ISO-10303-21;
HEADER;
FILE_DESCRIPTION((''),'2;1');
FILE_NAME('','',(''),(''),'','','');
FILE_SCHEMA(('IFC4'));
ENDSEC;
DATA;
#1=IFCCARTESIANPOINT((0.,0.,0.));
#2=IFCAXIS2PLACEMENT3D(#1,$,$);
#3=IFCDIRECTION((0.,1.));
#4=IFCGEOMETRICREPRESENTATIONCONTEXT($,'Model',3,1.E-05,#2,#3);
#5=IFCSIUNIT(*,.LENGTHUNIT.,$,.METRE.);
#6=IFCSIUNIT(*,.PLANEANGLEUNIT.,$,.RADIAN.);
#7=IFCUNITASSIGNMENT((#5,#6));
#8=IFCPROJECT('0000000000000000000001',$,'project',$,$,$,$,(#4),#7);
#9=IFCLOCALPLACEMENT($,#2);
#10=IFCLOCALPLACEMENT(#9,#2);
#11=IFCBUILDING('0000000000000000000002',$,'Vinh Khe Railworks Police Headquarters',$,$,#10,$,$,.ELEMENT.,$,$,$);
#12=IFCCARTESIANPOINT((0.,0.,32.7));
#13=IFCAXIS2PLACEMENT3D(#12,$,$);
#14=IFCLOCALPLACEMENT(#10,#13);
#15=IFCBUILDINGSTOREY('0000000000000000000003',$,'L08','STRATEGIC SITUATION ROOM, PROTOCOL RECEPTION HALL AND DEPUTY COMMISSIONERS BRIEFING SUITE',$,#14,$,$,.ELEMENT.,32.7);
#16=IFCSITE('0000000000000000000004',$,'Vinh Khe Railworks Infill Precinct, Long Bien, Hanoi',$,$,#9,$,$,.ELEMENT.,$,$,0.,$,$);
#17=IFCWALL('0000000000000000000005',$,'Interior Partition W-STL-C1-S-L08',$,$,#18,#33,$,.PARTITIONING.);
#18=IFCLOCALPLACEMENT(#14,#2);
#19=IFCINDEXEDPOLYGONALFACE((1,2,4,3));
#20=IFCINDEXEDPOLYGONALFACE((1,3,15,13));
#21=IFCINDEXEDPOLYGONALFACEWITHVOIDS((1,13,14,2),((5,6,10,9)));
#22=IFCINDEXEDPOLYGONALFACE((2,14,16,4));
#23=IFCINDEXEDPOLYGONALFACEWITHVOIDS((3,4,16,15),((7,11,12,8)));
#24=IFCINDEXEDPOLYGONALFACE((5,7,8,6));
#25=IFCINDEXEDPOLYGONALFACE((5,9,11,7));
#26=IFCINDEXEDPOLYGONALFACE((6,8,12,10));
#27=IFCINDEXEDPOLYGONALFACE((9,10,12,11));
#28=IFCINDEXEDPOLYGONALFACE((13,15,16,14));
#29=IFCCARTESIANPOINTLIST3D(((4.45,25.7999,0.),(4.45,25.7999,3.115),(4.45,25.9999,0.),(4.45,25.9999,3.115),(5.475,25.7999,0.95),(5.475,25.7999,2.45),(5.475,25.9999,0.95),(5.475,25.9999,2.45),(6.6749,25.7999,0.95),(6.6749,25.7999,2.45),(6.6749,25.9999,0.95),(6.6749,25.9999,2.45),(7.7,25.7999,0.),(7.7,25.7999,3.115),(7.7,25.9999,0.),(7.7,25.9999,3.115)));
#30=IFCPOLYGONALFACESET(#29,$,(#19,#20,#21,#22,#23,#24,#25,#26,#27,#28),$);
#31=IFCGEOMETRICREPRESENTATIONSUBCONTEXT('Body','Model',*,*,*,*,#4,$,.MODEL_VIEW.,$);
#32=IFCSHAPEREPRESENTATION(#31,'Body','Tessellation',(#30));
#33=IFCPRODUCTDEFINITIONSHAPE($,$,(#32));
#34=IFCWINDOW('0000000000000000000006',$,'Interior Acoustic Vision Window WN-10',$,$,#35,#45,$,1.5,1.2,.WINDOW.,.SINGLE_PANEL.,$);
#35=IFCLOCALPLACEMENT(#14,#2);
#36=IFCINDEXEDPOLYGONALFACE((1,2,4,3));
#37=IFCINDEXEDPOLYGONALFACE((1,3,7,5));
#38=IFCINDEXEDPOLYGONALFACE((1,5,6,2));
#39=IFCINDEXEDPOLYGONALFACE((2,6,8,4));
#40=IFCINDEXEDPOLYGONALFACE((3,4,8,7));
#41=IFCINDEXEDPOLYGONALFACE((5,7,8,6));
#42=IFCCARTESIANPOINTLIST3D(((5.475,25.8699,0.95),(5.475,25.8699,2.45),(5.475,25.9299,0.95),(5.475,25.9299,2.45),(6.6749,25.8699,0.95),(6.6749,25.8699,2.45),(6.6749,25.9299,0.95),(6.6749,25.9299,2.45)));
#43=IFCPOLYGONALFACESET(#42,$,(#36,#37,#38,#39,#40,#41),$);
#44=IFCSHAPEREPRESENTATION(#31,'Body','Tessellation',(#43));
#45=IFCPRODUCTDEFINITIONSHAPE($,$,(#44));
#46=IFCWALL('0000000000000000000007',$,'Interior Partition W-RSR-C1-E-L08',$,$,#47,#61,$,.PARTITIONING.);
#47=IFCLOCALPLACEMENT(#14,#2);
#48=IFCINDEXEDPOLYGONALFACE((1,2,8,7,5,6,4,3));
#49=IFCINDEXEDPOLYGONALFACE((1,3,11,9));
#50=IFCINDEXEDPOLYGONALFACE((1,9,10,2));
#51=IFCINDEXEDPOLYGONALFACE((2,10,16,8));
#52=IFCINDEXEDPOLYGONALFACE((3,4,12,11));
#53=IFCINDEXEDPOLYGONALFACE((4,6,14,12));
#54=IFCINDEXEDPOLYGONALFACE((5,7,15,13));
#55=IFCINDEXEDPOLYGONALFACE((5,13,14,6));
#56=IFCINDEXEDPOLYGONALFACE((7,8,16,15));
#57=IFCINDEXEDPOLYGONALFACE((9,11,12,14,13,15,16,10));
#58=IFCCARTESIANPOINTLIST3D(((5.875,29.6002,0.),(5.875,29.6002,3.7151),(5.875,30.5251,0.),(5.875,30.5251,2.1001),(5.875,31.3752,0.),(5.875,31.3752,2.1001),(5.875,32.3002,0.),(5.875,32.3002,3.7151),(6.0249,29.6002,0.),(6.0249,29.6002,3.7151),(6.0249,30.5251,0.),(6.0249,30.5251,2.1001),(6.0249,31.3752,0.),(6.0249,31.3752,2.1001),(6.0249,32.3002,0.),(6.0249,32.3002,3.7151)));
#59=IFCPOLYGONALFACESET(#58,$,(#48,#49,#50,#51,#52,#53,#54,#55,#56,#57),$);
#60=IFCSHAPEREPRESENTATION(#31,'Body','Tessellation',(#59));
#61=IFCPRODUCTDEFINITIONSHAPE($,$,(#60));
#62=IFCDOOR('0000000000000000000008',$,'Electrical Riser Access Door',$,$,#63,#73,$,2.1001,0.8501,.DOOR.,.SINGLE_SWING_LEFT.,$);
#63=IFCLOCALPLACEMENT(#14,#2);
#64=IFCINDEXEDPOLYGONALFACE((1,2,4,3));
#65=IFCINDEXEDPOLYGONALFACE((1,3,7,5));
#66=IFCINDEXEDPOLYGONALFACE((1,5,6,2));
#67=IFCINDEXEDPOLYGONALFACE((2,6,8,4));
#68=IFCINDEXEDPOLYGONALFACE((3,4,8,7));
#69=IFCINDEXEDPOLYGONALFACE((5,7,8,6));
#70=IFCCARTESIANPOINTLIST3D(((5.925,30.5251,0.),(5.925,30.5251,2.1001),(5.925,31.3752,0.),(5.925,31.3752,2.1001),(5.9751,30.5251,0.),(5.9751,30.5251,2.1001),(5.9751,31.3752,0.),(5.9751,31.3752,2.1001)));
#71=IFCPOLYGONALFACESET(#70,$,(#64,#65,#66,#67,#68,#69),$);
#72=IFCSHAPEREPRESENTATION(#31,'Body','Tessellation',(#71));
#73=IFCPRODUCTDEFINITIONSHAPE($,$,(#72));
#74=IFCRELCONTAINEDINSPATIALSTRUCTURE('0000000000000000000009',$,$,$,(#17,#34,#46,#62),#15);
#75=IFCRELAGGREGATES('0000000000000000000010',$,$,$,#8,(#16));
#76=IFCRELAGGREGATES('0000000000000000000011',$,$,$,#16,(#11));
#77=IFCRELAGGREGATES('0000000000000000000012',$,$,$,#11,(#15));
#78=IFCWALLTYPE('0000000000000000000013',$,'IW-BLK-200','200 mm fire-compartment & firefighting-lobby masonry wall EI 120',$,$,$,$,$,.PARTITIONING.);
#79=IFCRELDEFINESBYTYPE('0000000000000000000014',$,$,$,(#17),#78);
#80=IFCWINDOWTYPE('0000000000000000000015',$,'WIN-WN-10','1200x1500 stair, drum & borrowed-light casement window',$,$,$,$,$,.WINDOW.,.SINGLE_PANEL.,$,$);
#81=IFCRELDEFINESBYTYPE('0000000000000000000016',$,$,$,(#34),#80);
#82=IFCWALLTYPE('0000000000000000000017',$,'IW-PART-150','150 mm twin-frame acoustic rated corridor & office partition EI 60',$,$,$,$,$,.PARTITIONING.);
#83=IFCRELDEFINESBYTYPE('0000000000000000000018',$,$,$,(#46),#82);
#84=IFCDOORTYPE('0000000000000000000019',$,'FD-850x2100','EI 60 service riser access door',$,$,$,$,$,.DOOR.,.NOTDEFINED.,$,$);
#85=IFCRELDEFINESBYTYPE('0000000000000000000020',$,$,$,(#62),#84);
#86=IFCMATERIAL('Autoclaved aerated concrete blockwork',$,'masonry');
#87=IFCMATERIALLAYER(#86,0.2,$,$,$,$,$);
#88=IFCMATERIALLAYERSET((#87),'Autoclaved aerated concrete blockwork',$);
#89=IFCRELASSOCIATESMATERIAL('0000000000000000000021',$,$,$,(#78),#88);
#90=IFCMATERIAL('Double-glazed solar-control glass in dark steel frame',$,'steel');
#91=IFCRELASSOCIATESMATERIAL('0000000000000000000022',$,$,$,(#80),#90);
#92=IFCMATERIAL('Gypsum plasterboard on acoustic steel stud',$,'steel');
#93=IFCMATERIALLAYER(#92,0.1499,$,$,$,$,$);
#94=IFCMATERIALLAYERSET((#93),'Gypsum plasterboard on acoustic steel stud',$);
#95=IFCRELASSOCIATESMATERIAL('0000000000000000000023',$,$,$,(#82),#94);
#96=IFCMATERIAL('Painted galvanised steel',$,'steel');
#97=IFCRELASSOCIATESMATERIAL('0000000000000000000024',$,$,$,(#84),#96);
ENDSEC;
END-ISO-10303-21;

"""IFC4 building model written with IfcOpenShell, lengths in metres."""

from ifc_helpers import new_model, si_unit, direction, frame, frame_2d, origin, place, context, subcontext, project, spatial, rectangle, extrude, material, layer, layer_set, type_object, element, fill, save


model = new_model("IFC4")

# Units and contexts
model_context = context("Model", 3, precision=1e-05, world=origin(), true_north=direction((0.0, 1.0)))
body_context = subcontext(model_context, "Body", "Model", "MODEL_VIEW")
ifc_project = project(units=[si_unit("LENGTHUNIT", "METRE"), si_unit("PLANEANGLEUNIT", "RADIAN")], contexts=[model_context])

# Site, building, storey
site_placement = place(None, origin())
site = spatial("IfcSite", under=ifc_project, at=site_placement, Name="Vinh Khe Railworks Infill Precinct, Long Bien, Hanoi", CompositionType="ELEMENT", RefElevation=0.0)
building_placement = place(site_placement, origin())
building = spatial("IfcBuilding", under=site, at=building_placement, Name="Vinh Khe Railworks Police Headquarters", CompositionType="ELEMENT")
storey_placement = place(building_placement, frame((0.0, 0.0, 32.7)))
storey = spatial("IfcBuildingStorey", under=building, at=storey_placement, Name="L08", Description="STRATEGIC SITUATION ROOM, PROTOCOL RECEPTION HALL AND DEPUTY COMMISSIONERS BRIEFING SUITE", CompositionType="ELEMENT", Elevation=32.7)

# Shared definitions
ifc_material_1 = material(Name="Painted galvanised steel", Category="steel")

# Wall, opening, window
ifc_material_2 = material(Name="Double-glazed solar-control glass in dark steel frame", Category="steel")
ifc_material_3 = material(Name="Autoclaved aerated concrete blockwork", Category="masonry")
ifc_layer_1 = layer(ifc_material_3, 0.2)
ifc_layer_set_1 = layer_set([ifc_layer_1], Name="Autoclaved aerated concrete blockwork")
wall_type_1 = type_object("IfcWallType", Name="IW-BLK-200", Description="200 mm fire-compartment & firefighting-lobby masonry wall EI 120", PredefinedType="PARTITIONING", material=ifc_layer_set_1)
wall_1_placement = place(storey_placement, frame((4.45, 25.8999, 0.0), z_axis=(0.0, 0.0, 1.0), x_axis=(1.0, 0.0, 0.0)))
wall_1 = element("IfcWall", 1, at=wall_1_placement, inside=storey, type_object=wall_type_1, Name="Interior Partition W-STL-C1-S-L08", PredefinedType="PARTITIONING", context=body_context, shape_type="SweptSolid", body=[
    extrude(rectangle(XDim=3.25, YDim=0.2, at=frame_2d((1.625, 0.0))), origin(), (0.0, 0.0, 1.0), 3.115),
])
opening_1_placement = place(wall_1_placement, frame((1.0249, 0.0, 0.95)))
opening_1 = element("IfcOpeningElement", 2, at=opening_1_placement, cuts=wall_1, PredefinedType="OPENING", context=body_context, shape_type="SweptSolid", body=[
    extrude(rectangle(XDim=1.2, YDim=1.5, at=frame_2d((0.6001, 0.75))), frame((0.0, 0.1147, 0.0), z_axis=(0.0, -1.0, 0.0), x_axis=(1.0, 0.0, 0.0)), (0.0, 0.0, 1.0), 0.2297),
])
window_type_1 = type_object("IfcWindowType", Name="WIN-WN-10", Description="1200x1500 stair, drum & borrowed-light casement window", PartitioningType="SINGLE_PANEL", PredefinedType="WINDOW", material=ifc_material_2)
window_1_placement = place(opening_1_placement, origin())
window_1 = element("IfcWindow", 3, at=window_1_placement, inside=storey, type_object=window_type_1, Name="Interior Acoustic Vision Window WN-10", OverallHeight=1.5, OverallWidth=1.2, PartitioningType="SINGLE_PANEL", PredefinedType="WINDOW", context=body_context, shape_type="SweptSolid", body=[
    extrude(rectangle(XDim=1.2, YDim=1.5, at=frame_2d((0.6001, 0.75))), frame((0.0, 0.03, 0.0), z_axis=(0.0, -1.0, 0.0), x_axis=(1.0, 0.0, 0.0)), (0.0, 0.0, 1.0), 0.0601),
])
fill(opening_1, window_1)

# Wall, opening, door
ifc_material_4 = material(Name="Gypsum plasterboard on acoustic steel stud", Category="steel")
ifc_layer_2 = layer(ifc_material_4, 0.1499)
ifc_layer_set_2 = layer_set([ifc_layer_2], Name="Gypsum plasterboard on acoustic steel stud")
wall_type_2 = type_object("IfcWallType", Name="IW-PART-150", Description="150 mm twin-frame acoustic rated corridor & office partition EI 60", PredefinedType="PARTITIONING", material=ifc_layer_set_2)
wall_2_placement = place(storey_placement, frame((5.95, 29.6001, 0.0), z_axis=(0.0, 0.0, 1.0), x_axis=(0.0, 1.0, 0.0)))
wall_2 = element("IfcWall", 4, at=wall_2_placement, inside=storey, type_object=wall_type_2, Name="Interior Partition W-RSR-C1-E-L08", PredefinedType="PARTITIONING", context=body_context, shape_type="SweptSolid", body=[
    extrude(rectangle(XDim=2.7, YDim=0.1499, at=frame_2d((1.3501, 0.0))), origin(), (0.0, 0.0, 1.0), 3.7151),
])
opening_2_placement = place(wall_2_placement, frame((0.925, 0.0, 0.0)))
opening_2 = element("IfcOpeningElement", 5, at=opening_2_placement, cuts=wall_2, PredefinedType="OPENING", context=body_context, shape_type="SweptSolid", body=[
    extrude(rectangle(XDim=0.8501, YDim=2.1001, at=frame_2d((0.425, 1.05))), frame((0.0, 0.0898, 0.0), z_axis=(0.0, -1.0, 0.0), x_axis=(1.0, 0.0, 0.0)), (0.0, 0.0, 1.0), 0.1797),
])
door_type_1 = type_object("IfcDoorType", Name="FD-850x2100", Description="EI 60 service riser access door", OperationType="NOTDEFINED", PredefinedType="DOOR", material=ifc_material_1)
door_1_placement = place(opening_2_placement, origin())
door_1 = element("IfcDoor", 6, at=door_1_placement, inside=storey, type_object=door_type_1, Name="Electrical Riser Access Door", OperationType="SINGLE_SWING_LEFT", OverallHeight=2.1001, OverallWidth=0.8501, PredefinedType="DOOR", context=body_context, shape_type="SweptSolid", body=[
    extrude(rectangle(XDim=0.8501, YDim=2.1001, at=frame_2d((0.425, 1.05))), frame((0.0, 0.0249, 0.0), z_axis=(0.0, -1.0, 0.0), x_axis=(1.0, 0.0, 0.0)), (0.0, 0.0, 1.0), 0.05),
])
fill(opening_2, door_1)

save(model, "model.ifc")
